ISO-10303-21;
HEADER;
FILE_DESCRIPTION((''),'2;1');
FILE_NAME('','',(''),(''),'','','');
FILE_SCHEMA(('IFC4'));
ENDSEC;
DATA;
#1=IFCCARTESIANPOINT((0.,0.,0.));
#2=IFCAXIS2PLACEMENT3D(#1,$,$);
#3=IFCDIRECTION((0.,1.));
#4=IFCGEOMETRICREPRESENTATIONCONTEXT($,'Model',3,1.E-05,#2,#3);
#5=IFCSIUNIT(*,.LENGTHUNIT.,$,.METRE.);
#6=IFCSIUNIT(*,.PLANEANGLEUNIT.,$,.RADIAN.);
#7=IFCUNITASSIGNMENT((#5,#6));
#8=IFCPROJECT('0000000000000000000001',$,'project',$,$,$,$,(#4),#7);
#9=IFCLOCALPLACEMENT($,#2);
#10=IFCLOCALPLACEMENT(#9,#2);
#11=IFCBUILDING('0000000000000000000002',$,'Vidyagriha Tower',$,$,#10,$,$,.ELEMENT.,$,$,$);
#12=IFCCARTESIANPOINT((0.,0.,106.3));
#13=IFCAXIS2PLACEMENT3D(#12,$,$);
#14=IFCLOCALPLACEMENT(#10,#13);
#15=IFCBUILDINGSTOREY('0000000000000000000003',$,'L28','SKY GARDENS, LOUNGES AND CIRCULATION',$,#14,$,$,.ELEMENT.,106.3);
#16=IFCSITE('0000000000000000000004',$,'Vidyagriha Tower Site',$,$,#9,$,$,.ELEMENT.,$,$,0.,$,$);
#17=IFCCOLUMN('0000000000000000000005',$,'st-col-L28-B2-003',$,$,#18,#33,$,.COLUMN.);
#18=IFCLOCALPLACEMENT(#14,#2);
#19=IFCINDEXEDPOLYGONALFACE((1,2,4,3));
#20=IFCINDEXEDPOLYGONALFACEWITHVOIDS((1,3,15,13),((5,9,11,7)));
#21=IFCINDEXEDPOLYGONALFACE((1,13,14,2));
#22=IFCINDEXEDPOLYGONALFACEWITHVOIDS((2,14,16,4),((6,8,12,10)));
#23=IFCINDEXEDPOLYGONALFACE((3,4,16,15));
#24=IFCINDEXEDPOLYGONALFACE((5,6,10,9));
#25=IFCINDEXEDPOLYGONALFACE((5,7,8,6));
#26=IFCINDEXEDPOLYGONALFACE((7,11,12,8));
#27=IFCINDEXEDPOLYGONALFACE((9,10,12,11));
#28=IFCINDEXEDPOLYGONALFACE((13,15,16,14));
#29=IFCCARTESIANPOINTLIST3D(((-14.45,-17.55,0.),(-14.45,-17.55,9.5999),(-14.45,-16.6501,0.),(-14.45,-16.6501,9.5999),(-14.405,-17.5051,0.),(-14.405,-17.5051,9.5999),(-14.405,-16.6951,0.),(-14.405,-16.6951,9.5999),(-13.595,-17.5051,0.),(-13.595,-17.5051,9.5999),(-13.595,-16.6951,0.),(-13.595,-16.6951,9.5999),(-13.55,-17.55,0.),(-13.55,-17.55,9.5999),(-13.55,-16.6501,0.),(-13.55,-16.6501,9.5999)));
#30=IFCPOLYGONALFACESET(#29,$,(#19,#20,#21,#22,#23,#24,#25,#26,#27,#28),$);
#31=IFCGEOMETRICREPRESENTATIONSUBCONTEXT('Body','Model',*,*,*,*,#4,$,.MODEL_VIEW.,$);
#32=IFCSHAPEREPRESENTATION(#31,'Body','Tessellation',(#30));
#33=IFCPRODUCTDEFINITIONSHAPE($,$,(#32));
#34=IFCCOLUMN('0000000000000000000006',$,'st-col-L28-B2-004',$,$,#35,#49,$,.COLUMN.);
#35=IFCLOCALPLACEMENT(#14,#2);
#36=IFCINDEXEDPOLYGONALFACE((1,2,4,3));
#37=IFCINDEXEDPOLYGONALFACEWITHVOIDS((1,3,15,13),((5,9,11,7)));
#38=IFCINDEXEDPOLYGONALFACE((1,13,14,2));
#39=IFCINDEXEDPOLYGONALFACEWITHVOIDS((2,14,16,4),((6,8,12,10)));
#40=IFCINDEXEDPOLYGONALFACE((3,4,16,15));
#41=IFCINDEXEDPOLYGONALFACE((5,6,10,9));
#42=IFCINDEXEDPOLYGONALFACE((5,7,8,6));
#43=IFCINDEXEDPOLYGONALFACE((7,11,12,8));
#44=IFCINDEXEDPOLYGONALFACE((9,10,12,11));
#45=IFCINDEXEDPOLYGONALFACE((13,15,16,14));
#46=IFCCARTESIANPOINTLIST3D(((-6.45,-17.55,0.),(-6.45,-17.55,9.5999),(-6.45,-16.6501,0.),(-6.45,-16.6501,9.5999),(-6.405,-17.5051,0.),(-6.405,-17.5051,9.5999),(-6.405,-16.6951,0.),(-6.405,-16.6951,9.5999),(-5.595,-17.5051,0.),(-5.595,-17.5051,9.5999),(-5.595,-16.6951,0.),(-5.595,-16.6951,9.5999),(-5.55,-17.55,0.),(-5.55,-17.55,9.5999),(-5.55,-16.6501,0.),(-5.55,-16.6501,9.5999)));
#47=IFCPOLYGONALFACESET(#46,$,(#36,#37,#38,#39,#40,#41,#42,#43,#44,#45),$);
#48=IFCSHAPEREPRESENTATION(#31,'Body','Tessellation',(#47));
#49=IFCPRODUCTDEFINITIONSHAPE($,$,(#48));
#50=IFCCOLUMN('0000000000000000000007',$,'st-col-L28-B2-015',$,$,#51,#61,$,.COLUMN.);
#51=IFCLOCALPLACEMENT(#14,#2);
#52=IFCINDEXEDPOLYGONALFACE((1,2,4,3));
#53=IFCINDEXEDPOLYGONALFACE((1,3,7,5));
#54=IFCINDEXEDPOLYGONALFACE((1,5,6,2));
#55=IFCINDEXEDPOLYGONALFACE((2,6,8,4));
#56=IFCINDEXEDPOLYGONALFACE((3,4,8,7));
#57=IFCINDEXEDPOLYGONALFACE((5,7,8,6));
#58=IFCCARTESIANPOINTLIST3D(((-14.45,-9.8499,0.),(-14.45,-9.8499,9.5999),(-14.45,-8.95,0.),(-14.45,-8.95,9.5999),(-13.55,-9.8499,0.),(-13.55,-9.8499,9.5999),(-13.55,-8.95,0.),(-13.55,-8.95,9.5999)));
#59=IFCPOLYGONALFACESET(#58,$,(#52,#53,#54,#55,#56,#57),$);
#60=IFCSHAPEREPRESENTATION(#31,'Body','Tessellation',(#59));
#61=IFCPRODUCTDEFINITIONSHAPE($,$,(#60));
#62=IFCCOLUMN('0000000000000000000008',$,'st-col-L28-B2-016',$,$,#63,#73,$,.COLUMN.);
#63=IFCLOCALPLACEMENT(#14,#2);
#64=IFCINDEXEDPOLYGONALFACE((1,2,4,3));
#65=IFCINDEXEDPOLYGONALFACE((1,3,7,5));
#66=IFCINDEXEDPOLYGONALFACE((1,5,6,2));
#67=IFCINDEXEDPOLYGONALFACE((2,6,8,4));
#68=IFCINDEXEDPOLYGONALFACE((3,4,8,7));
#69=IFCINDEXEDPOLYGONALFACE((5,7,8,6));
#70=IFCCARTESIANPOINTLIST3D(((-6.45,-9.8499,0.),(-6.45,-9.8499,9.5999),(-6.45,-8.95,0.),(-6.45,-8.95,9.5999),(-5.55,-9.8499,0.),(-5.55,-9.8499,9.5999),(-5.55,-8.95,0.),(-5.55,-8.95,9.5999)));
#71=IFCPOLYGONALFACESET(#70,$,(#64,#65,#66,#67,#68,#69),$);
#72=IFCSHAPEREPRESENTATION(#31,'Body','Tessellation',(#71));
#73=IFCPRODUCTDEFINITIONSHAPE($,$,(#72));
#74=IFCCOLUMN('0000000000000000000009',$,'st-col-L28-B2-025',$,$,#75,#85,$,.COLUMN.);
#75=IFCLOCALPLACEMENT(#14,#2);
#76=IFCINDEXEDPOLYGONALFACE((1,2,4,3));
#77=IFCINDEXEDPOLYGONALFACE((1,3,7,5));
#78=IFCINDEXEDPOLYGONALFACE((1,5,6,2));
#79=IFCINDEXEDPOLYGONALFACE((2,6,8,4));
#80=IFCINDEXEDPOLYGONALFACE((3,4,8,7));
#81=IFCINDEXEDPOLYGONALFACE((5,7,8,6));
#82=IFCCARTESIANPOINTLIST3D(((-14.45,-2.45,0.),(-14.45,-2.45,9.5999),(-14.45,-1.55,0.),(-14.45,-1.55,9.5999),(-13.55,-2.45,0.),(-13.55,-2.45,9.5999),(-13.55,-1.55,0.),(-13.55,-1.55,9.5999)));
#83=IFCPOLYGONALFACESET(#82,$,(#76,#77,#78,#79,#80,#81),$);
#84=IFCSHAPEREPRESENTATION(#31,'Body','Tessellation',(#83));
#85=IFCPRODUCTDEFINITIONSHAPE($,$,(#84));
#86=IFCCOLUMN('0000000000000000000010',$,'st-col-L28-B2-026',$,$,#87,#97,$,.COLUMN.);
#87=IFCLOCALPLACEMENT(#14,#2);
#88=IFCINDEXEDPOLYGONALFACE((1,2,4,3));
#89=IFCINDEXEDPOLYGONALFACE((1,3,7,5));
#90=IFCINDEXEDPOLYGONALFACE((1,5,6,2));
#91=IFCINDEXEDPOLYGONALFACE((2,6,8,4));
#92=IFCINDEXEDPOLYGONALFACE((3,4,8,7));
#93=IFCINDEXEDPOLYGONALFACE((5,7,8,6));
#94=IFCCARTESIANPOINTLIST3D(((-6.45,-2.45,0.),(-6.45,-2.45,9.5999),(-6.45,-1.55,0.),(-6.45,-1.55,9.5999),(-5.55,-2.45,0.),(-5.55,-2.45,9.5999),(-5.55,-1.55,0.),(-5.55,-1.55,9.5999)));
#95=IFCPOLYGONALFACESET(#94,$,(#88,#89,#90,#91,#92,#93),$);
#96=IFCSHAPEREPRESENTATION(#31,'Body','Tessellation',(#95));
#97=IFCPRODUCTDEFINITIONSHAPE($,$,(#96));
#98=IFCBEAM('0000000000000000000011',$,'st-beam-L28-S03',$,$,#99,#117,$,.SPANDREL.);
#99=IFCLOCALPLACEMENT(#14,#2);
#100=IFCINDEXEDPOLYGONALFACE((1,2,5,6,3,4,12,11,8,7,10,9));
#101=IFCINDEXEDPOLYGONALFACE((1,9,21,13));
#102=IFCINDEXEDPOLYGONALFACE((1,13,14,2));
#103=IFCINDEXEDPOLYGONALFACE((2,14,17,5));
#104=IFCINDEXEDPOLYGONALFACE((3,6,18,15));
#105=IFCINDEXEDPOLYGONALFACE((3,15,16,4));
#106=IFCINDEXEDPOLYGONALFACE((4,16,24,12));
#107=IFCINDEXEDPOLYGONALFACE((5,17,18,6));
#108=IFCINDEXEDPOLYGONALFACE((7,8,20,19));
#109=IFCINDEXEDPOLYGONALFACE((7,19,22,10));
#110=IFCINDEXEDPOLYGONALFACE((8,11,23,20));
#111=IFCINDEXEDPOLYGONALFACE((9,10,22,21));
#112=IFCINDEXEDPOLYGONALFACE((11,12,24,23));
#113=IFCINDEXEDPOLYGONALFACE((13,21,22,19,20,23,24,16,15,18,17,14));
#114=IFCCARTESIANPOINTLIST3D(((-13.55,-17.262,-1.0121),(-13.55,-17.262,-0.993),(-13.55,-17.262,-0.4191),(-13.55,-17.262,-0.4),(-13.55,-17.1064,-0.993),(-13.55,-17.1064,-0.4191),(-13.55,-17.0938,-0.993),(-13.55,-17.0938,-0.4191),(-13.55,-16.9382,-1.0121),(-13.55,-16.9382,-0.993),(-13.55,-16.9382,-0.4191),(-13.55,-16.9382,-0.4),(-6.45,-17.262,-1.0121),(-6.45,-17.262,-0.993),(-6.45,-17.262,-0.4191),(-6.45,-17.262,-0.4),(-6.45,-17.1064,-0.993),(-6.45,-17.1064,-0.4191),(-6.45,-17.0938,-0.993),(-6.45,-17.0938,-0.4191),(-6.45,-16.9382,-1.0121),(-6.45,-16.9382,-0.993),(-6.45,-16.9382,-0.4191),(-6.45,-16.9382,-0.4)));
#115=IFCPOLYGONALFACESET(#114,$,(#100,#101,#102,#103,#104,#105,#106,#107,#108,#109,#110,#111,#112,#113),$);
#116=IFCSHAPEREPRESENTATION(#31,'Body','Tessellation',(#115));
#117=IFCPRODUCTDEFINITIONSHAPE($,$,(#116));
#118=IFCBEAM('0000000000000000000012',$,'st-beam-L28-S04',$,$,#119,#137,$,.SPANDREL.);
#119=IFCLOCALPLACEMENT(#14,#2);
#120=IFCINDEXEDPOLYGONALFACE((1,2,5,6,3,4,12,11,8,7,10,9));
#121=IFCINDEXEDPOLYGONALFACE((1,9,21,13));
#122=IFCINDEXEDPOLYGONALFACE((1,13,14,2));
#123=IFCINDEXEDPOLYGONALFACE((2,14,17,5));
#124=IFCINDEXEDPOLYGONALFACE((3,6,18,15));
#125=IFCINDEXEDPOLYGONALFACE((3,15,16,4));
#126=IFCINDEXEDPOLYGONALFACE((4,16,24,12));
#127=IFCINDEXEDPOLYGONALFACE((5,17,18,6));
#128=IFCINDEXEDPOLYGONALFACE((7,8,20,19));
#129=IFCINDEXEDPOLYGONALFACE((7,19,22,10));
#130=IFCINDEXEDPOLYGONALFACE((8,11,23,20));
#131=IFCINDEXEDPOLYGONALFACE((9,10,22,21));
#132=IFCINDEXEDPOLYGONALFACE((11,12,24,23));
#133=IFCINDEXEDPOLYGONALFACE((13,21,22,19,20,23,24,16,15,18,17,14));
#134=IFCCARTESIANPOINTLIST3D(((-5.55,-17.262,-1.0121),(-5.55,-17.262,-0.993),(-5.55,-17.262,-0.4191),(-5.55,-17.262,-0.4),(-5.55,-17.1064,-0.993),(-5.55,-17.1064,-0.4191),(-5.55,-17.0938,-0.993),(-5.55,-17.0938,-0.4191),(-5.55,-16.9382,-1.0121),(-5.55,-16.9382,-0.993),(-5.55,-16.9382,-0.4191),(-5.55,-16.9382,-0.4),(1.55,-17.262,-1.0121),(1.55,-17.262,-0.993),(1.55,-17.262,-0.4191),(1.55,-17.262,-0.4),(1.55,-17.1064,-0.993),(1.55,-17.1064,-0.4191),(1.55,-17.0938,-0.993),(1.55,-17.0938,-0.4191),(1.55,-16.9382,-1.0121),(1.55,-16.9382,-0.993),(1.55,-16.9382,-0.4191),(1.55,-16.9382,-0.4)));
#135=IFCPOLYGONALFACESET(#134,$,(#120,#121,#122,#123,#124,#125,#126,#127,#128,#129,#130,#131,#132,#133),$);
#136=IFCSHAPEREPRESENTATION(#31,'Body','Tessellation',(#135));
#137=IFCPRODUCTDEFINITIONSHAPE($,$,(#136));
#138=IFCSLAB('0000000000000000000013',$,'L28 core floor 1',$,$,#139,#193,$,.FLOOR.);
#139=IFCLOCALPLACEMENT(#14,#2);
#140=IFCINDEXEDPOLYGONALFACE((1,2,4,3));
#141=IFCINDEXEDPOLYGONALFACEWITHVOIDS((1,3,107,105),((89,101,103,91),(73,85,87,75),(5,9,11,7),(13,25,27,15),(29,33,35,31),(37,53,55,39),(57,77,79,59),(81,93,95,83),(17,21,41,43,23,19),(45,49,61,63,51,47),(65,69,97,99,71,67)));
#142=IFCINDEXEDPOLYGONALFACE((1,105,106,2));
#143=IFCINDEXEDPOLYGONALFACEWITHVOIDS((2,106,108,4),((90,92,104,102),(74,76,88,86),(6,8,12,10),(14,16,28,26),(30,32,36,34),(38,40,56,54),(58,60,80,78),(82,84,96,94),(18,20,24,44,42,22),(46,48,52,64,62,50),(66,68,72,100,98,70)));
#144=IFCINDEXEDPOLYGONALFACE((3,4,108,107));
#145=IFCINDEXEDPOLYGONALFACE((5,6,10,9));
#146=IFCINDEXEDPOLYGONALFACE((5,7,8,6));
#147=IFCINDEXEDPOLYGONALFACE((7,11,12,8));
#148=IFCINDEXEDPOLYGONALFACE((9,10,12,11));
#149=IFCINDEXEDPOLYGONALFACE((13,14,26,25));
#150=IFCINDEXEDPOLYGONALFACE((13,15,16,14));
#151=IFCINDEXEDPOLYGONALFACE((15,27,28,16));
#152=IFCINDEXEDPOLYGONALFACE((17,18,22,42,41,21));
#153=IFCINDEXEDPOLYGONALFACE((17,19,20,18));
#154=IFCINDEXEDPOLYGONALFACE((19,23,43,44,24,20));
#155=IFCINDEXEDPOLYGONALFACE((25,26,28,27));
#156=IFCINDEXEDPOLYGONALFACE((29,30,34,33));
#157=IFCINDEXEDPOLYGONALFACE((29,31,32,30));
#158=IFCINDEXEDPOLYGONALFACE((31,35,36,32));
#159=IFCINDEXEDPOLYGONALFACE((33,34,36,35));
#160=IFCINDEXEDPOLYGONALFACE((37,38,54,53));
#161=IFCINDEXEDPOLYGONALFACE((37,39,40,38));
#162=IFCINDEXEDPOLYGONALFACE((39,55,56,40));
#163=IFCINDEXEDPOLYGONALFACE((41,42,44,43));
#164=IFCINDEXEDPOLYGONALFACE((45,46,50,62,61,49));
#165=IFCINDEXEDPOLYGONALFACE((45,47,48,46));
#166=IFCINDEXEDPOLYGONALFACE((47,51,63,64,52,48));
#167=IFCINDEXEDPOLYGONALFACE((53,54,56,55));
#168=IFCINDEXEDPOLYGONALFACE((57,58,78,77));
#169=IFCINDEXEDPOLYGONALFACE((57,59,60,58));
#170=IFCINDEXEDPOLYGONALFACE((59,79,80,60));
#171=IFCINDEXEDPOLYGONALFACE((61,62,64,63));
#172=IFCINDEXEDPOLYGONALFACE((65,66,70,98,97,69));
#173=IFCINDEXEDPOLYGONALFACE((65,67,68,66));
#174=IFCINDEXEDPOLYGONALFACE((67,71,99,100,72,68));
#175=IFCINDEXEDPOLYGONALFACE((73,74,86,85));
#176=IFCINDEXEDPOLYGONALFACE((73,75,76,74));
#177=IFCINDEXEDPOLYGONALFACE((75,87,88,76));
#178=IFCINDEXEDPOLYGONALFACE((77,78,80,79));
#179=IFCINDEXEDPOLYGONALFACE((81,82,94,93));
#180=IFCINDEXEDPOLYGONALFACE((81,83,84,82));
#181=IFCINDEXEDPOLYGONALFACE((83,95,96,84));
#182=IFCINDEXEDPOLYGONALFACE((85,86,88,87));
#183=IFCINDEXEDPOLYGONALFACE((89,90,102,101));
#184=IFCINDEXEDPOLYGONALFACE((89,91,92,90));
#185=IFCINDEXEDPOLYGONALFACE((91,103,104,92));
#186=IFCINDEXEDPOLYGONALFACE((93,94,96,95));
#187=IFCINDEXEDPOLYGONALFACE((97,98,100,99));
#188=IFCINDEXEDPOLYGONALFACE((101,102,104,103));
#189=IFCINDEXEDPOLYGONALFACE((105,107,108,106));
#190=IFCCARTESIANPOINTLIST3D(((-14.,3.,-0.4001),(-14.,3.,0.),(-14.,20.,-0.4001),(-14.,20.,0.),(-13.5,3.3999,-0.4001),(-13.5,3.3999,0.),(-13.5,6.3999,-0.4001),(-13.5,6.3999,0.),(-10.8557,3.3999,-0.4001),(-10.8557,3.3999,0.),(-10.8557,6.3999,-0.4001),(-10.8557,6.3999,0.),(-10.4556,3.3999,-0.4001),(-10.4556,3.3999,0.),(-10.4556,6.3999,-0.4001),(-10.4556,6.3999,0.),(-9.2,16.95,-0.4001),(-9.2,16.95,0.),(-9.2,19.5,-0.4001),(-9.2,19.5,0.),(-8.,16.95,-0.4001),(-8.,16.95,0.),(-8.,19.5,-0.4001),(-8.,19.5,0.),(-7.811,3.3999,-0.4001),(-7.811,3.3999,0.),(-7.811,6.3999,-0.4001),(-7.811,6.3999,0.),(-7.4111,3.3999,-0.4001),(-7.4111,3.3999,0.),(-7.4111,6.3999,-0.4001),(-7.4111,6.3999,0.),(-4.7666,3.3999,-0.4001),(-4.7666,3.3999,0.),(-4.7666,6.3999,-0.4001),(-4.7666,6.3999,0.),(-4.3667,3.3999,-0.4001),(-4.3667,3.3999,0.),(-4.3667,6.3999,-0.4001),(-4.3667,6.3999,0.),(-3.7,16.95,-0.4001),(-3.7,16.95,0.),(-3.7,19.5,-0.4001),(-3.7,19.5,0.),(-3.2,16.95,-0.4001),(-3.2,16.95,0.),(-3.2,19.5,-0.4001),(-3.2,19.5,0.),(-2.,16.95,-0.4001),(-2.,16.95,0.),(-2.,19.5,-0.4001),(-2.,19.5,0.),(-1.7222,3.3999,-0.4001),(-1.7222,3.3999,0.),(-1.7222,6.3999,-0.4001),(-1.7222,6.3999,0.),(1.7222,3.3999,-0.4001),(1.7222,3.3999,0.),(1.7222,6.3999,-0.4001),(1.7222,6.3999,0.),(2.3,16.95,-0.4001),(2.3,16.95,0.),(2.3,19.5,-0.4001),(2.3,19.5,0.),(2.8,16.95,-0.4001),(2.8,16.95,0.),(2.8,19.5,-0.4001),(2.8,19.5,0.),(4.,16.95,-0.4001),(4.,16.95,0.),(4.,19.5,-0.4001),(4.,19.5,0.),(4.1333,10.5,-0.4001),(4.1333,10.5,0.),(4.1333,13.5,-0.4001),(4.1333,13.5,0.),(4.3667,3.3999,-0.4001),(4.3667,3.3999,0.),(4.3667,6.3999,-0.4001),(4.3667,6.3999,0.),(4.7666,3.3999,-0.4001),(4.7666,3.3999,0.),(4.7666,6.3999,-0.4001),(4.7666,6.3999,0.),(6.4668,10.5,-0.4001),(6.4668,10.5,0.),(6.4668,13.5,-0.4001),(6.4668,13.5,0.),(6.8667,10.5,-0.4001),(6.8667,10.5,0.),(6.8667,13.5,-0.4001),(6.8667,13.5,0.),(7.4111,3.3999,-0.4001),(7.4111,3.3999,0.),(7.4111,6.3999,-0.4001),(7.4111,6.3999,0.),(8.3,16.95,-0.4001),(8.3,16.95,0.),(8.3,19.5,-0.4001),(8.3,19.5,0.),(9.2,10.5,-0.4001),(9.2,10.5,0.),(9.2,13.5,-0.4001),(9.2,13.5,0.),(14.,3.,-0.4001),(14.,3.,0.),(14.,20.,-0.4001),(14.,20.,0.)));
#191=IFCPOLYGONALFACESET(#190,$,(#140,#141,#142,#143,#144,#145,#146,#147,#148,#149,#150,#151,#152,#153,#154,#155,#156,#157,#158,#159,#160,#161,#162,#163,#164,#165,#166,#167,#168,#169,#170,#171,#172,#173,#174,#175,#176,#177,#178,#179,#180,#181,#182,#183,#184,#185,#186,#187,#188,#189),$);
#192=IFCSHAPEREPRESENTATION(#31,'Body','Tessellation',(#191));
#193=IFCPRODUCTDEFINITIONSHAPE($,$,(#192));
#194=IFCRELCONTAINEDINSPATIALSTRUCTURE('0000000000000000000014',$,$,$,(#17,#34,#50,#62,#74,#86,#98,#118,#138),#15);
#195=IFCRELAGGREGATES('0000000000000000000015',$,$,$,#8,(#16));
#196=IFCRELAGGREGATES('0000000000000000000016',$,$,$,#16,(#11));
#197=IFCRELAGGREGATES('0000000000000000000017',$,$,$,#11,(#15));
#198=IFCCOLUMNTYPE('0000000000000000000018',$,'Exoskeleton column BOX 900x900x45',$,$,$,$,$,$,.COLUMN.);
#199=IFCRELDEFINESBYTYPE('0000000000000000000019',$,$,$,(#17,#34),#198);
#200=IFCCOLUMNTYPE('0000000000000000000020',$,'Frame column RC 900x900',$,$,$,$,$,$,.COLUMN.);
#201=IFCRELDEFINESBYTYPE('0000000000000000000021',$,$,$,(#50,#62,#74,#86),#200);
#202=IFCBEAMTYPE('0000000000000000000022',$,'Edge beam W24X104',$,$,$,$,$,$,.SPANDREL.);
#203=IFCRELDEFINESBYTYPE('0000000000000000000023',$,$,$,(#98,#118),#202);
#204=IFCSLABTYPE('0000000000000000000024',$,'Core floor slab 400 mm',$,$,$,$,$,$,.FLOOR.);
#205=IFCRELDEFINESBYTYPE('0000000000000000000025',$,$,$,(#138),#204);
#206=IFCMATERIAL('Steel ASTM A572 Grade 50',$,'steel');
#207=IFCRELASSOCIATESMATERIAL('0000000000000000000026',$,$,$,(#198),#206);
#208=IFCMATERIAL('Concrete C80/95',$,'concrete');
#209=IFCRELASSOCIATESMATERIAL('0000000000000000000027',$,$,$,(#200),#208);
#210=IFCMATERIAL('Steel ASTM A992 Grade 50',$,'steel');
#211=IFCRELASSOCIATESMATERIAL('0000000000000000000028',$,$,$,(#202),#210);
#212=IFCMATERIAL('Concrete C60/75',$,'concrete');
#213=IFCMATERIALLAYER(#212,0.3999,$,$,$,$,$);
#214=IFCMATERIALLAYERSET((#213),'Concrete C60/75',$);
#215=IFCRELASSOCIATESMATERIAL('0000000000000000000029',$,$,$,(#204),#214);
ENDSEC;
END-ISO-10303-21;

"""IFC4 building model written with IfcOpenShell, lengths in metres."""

from ifc_helpers import new_model, si_unit, direction, frame, origin, origin_2d, place, context, subcontext, project, spatial, polyline, rectangle, hollow_rectangle, i_section, outline, extrude, material, layer, layer_set, material_profile, profile_set, type_object, element, save


model = new_model("IFC4")

# Units and contexts
model_context = context("Model", 3, precision=1e-05, world=origin(), true_north=direction((0.0, 1.0)))
body_context = subcontext(model_context, "Body", "Model", "MODEL_VIEW")
ifc_project = project(units=[si_unit("LENGTHUNIT", "METRE"), si_unit("PLANEANGLEUNIT", "RADIAN")], contexts=[model_context])

# Site, building, storey
site_placement = place(None, origin())
site = spatial("IfcSite", under=ifc_project, at=site_placement, Name="Vidyagriha Tower Site", CompositionType="ELEMENT", RefElevation=0.0)
building_placement = place(site_placement, origin())
building = spatial("IfcBuilding", under=site, at=building_placement, Name="Vidyagriha Tower", CompositionType="ELEMENT")
storey_placement = place(building_placement, frame((0.0, 0.0, 106.3)))
storey = spatial("IfcBuildingStorey", under=building, at=storey_placement, Name="L28", Description="SKY GARDENS, LOUNGES AND CIRCULATION", CompositionType="ELEMENT", Elevation=106.3)

# Columns
ifc_material_1 = material(Name="Steel ASTM A572 Grade 50", Category="steel")
ifc_material_profile_1 = material_profile(ifc_material_1, hollow_rectangle(XDim=0.8999, YDim=0.8999, WallThickness=0.0449, at=origin_2d()), Name="BOX 900x900x45")
ifc_profile_set_1 = profile_set([ifc_material_profile_1], Name="Steel ASTM A572 Grade 50")
column_type_1 = type_object("IfcColumnType", Name="Exoskeleton column BOX 900x900x45", PredefinedType="COLUMN", material=ifc_profile_set_1)
for number, where, name in (
    (1, (-14.0, -17.1001, 0.0), "st-col-L28-B2-003"),
    (2, (-6.0, -17.1001, 0.0), "st-col-L28-B2-004"),
):
    element("IfcColumn", number, at=place(storey_placement, frame(where)), inside=storey, type_object=column_type_1, Name=name, PredefinedType="COLUMN", context=body_context, shape_type="SweptSolid", body=[
        extrude(hollow_rectangle(XDim=0.8999, YDim=0.8999, WallThickness=0.0449, at=origin_2d()), origin(), (0.0, 0.0, 1.0), 9.5999),
    ])
ifc_material_2 = material(Name="Concrete C80/95", Category="concrete")
ifc_material_profile_2 = material_profile(ifc_material_2, rectangle(XDim=0.8999, YDim=0.8999, at=origin_2d()), Name="RC 900x900")
ifc_profile_set_2 = profile_set([ifc_material_profile_2], Name="Concrete C80/95")
column_type_2 = type_object("IfcColumnType", Name="Frame column RC 900x900", PredefinedType="COLUMN", material=ifc_profile_set_2)
for number, where, name in (
    (3, (-14.0, -9.3999, 0.0), "st-col-L28-B2-015"),
    (4, (-6.0, -9.3999, 0.0), "st-col-L28-B2-016"),
    (5, (-14.0, -2.0, 0.0), "st-col-L28-B2-025"),
    (6, (-6.0, -2.0, 0.0), "st-col-L28-B2-026"),
):
    element("IfcColumn", number, at=place(storey_placement, frame(where)), inside=storey, type_object=column_type_2, Name=name, PredefinedType="COLUMN", context=body_context, shape_type="SweptSolid", body=[
        extrude(rectangle(XDim=0.8999, YDim=0.8999, at=origin_2d()), origin(), (0.0, 0.0, 1.0), 9.5999),
    ])

# Beams
ifc_material_3 = material(Name="Steel ASTM A992 Grade 50", Category="steel")
ifc_material_profile_3 = material_profile(ifc_material_3, i_section(OverallWidth=0.3237, OverallDepth=0.6121, WebThickness=0.0127, FlangeThickness=0.019, at=origin_2d()), Name="W24X104")
ifc_profile_set_3 = profile_set([ifc_material_profile_3], Name="Steel ASTM A992 Grade 50")
beam_type = type_object("IfcBeamType", Name="Edge beam W24X104", PredefinedType="SPANDREL", material=ifc_profile_set_3)
for number, where, z_axis, x_axis, name in (
    (7, (-13.55, -17.1001, -0.7061), (1.0, 0.0, 0.0), (0.0, 1.0, 0.0), "st-beam-L28-S03"),
    (8, (-5.55, -17.1001, -0.7061), (1.0, 0.0, 0.0), (0.0, 1.0, 0.0), "st-beam-L28-S04"),
):
    element("IfcBeam", number, at=place(storey_placement, frame(where, z_axis=z_axis, x_axis=x_axis)), inside=storey, type_object=beam_type, Name=name, PredefinedType="SPANDREL", context=body_context, shape_type="SweptSolid", body=[
        extrude(i_section(OverallWidth=0.3237, OverallDepth=0.6121, WebThickness=0.0127, FlangeThickness=0.019, at=origin_2d()), origin(), (0.0, 0.0, 1.0), 7.1001),
    ])

# Slab
ifc_material_4 = material(Name="Concrete C60/75", Category="concrete")
ifc_layer_1 = layer(ifc_material_4, 0.3999)
ifc_layer_set_1 = layer_set([ifc_layer_1], Name="Concrete C60/75")
slab_type_1 = type_object("IfcSlabType", Name="Core floor slab 400 mm", PredefinedType="FLOOR", material=ifc_layer_set_1)
slab_1_placement = place(storey_placement, frame((0.0, 0.0, -0.4001)))
element("IfcSlab", 9, at=slab_1_placement, inside=storey, type_object=slab_type_1, Name="L28 core floor 1", PredefinedType="FLOOR", context=body_context, shape_type="SweptSolid", body=[
    extrude(outline(polyline([(-14.0, 3.0), (-14.0, 20.0), (14.0, 20.0), (14.0, 3.0), (-14.0, 3.0)]), holes=[polyline([(9.2, 13.5), (6.8667, 13.5), (6.8667, 10.5), (9.2, 10.5), (9.2, 13.5)]), polyline([(4.0, 19.5), (2.8, 19.5), (2.8, 16.95), (4.0, 16.95), (8.3, 16.95), (8.3, 19.5), (4.0, 19.5)]), polyline([(7.4111, 6.3999), (4.7666, 6.3999), (4.7666, 3.3999), (7.4111, 3.3999), (7.4111, 6.3999)]), polyline([(6.4668, 13.5), (4.1333, 13.5), (4.1333, 10.5), (6.4668, 10.5), (6.4668, 13.5)]), polyline([(1.7222, 6.3999), (1.7222, 3.3999), (4.3667, 3.3999), (4.3667, 6.3999), (1.7222, 6.3999)]), polyline([(-2.0, 16.95), (2.3, 16.95), (2.3, 19.5), (-2.0, 19.5), (-3.2, 19.5), (-3.2, 16.95), (-2.0, 16.95)]), polyline([(-1.7222, 6.3999), (-4.3667, 6.3999), (-4.3667, 3.3999), (-1.7222, 3.3999), (-1.7222, 6.3999)]), polyline([(-8.0, 19.5), (-9.2, 19.5), (-9.2, 16.95), (-8.0, 16.95), (-3.7, 16.95), (-3.7, 19.5), (-8.0, 19.5)]), polyline([(-4.7666, 6.3999), (-7.4111, 6.3999), (-7.4111, 3.3999), (-4.7666, 3.3999), (-4.7666, 6.3999)]), polyline([(-7.811, 6.3999), (-10.4556, 6.3999), (-10.4556, 3.3999), (-7.811, 3.3999), (-7.811, 6.3999)]), polyline([(-13.5, 6.3999), (-13.5, 3.3999), (-10.8557, 3.3999), (-10.8557, 6.3999), (-13.5, 6.3999)])]), origin(), (0.0, 0.0, 1.0), 0.4001),
])

save(model, "model.ifc")
